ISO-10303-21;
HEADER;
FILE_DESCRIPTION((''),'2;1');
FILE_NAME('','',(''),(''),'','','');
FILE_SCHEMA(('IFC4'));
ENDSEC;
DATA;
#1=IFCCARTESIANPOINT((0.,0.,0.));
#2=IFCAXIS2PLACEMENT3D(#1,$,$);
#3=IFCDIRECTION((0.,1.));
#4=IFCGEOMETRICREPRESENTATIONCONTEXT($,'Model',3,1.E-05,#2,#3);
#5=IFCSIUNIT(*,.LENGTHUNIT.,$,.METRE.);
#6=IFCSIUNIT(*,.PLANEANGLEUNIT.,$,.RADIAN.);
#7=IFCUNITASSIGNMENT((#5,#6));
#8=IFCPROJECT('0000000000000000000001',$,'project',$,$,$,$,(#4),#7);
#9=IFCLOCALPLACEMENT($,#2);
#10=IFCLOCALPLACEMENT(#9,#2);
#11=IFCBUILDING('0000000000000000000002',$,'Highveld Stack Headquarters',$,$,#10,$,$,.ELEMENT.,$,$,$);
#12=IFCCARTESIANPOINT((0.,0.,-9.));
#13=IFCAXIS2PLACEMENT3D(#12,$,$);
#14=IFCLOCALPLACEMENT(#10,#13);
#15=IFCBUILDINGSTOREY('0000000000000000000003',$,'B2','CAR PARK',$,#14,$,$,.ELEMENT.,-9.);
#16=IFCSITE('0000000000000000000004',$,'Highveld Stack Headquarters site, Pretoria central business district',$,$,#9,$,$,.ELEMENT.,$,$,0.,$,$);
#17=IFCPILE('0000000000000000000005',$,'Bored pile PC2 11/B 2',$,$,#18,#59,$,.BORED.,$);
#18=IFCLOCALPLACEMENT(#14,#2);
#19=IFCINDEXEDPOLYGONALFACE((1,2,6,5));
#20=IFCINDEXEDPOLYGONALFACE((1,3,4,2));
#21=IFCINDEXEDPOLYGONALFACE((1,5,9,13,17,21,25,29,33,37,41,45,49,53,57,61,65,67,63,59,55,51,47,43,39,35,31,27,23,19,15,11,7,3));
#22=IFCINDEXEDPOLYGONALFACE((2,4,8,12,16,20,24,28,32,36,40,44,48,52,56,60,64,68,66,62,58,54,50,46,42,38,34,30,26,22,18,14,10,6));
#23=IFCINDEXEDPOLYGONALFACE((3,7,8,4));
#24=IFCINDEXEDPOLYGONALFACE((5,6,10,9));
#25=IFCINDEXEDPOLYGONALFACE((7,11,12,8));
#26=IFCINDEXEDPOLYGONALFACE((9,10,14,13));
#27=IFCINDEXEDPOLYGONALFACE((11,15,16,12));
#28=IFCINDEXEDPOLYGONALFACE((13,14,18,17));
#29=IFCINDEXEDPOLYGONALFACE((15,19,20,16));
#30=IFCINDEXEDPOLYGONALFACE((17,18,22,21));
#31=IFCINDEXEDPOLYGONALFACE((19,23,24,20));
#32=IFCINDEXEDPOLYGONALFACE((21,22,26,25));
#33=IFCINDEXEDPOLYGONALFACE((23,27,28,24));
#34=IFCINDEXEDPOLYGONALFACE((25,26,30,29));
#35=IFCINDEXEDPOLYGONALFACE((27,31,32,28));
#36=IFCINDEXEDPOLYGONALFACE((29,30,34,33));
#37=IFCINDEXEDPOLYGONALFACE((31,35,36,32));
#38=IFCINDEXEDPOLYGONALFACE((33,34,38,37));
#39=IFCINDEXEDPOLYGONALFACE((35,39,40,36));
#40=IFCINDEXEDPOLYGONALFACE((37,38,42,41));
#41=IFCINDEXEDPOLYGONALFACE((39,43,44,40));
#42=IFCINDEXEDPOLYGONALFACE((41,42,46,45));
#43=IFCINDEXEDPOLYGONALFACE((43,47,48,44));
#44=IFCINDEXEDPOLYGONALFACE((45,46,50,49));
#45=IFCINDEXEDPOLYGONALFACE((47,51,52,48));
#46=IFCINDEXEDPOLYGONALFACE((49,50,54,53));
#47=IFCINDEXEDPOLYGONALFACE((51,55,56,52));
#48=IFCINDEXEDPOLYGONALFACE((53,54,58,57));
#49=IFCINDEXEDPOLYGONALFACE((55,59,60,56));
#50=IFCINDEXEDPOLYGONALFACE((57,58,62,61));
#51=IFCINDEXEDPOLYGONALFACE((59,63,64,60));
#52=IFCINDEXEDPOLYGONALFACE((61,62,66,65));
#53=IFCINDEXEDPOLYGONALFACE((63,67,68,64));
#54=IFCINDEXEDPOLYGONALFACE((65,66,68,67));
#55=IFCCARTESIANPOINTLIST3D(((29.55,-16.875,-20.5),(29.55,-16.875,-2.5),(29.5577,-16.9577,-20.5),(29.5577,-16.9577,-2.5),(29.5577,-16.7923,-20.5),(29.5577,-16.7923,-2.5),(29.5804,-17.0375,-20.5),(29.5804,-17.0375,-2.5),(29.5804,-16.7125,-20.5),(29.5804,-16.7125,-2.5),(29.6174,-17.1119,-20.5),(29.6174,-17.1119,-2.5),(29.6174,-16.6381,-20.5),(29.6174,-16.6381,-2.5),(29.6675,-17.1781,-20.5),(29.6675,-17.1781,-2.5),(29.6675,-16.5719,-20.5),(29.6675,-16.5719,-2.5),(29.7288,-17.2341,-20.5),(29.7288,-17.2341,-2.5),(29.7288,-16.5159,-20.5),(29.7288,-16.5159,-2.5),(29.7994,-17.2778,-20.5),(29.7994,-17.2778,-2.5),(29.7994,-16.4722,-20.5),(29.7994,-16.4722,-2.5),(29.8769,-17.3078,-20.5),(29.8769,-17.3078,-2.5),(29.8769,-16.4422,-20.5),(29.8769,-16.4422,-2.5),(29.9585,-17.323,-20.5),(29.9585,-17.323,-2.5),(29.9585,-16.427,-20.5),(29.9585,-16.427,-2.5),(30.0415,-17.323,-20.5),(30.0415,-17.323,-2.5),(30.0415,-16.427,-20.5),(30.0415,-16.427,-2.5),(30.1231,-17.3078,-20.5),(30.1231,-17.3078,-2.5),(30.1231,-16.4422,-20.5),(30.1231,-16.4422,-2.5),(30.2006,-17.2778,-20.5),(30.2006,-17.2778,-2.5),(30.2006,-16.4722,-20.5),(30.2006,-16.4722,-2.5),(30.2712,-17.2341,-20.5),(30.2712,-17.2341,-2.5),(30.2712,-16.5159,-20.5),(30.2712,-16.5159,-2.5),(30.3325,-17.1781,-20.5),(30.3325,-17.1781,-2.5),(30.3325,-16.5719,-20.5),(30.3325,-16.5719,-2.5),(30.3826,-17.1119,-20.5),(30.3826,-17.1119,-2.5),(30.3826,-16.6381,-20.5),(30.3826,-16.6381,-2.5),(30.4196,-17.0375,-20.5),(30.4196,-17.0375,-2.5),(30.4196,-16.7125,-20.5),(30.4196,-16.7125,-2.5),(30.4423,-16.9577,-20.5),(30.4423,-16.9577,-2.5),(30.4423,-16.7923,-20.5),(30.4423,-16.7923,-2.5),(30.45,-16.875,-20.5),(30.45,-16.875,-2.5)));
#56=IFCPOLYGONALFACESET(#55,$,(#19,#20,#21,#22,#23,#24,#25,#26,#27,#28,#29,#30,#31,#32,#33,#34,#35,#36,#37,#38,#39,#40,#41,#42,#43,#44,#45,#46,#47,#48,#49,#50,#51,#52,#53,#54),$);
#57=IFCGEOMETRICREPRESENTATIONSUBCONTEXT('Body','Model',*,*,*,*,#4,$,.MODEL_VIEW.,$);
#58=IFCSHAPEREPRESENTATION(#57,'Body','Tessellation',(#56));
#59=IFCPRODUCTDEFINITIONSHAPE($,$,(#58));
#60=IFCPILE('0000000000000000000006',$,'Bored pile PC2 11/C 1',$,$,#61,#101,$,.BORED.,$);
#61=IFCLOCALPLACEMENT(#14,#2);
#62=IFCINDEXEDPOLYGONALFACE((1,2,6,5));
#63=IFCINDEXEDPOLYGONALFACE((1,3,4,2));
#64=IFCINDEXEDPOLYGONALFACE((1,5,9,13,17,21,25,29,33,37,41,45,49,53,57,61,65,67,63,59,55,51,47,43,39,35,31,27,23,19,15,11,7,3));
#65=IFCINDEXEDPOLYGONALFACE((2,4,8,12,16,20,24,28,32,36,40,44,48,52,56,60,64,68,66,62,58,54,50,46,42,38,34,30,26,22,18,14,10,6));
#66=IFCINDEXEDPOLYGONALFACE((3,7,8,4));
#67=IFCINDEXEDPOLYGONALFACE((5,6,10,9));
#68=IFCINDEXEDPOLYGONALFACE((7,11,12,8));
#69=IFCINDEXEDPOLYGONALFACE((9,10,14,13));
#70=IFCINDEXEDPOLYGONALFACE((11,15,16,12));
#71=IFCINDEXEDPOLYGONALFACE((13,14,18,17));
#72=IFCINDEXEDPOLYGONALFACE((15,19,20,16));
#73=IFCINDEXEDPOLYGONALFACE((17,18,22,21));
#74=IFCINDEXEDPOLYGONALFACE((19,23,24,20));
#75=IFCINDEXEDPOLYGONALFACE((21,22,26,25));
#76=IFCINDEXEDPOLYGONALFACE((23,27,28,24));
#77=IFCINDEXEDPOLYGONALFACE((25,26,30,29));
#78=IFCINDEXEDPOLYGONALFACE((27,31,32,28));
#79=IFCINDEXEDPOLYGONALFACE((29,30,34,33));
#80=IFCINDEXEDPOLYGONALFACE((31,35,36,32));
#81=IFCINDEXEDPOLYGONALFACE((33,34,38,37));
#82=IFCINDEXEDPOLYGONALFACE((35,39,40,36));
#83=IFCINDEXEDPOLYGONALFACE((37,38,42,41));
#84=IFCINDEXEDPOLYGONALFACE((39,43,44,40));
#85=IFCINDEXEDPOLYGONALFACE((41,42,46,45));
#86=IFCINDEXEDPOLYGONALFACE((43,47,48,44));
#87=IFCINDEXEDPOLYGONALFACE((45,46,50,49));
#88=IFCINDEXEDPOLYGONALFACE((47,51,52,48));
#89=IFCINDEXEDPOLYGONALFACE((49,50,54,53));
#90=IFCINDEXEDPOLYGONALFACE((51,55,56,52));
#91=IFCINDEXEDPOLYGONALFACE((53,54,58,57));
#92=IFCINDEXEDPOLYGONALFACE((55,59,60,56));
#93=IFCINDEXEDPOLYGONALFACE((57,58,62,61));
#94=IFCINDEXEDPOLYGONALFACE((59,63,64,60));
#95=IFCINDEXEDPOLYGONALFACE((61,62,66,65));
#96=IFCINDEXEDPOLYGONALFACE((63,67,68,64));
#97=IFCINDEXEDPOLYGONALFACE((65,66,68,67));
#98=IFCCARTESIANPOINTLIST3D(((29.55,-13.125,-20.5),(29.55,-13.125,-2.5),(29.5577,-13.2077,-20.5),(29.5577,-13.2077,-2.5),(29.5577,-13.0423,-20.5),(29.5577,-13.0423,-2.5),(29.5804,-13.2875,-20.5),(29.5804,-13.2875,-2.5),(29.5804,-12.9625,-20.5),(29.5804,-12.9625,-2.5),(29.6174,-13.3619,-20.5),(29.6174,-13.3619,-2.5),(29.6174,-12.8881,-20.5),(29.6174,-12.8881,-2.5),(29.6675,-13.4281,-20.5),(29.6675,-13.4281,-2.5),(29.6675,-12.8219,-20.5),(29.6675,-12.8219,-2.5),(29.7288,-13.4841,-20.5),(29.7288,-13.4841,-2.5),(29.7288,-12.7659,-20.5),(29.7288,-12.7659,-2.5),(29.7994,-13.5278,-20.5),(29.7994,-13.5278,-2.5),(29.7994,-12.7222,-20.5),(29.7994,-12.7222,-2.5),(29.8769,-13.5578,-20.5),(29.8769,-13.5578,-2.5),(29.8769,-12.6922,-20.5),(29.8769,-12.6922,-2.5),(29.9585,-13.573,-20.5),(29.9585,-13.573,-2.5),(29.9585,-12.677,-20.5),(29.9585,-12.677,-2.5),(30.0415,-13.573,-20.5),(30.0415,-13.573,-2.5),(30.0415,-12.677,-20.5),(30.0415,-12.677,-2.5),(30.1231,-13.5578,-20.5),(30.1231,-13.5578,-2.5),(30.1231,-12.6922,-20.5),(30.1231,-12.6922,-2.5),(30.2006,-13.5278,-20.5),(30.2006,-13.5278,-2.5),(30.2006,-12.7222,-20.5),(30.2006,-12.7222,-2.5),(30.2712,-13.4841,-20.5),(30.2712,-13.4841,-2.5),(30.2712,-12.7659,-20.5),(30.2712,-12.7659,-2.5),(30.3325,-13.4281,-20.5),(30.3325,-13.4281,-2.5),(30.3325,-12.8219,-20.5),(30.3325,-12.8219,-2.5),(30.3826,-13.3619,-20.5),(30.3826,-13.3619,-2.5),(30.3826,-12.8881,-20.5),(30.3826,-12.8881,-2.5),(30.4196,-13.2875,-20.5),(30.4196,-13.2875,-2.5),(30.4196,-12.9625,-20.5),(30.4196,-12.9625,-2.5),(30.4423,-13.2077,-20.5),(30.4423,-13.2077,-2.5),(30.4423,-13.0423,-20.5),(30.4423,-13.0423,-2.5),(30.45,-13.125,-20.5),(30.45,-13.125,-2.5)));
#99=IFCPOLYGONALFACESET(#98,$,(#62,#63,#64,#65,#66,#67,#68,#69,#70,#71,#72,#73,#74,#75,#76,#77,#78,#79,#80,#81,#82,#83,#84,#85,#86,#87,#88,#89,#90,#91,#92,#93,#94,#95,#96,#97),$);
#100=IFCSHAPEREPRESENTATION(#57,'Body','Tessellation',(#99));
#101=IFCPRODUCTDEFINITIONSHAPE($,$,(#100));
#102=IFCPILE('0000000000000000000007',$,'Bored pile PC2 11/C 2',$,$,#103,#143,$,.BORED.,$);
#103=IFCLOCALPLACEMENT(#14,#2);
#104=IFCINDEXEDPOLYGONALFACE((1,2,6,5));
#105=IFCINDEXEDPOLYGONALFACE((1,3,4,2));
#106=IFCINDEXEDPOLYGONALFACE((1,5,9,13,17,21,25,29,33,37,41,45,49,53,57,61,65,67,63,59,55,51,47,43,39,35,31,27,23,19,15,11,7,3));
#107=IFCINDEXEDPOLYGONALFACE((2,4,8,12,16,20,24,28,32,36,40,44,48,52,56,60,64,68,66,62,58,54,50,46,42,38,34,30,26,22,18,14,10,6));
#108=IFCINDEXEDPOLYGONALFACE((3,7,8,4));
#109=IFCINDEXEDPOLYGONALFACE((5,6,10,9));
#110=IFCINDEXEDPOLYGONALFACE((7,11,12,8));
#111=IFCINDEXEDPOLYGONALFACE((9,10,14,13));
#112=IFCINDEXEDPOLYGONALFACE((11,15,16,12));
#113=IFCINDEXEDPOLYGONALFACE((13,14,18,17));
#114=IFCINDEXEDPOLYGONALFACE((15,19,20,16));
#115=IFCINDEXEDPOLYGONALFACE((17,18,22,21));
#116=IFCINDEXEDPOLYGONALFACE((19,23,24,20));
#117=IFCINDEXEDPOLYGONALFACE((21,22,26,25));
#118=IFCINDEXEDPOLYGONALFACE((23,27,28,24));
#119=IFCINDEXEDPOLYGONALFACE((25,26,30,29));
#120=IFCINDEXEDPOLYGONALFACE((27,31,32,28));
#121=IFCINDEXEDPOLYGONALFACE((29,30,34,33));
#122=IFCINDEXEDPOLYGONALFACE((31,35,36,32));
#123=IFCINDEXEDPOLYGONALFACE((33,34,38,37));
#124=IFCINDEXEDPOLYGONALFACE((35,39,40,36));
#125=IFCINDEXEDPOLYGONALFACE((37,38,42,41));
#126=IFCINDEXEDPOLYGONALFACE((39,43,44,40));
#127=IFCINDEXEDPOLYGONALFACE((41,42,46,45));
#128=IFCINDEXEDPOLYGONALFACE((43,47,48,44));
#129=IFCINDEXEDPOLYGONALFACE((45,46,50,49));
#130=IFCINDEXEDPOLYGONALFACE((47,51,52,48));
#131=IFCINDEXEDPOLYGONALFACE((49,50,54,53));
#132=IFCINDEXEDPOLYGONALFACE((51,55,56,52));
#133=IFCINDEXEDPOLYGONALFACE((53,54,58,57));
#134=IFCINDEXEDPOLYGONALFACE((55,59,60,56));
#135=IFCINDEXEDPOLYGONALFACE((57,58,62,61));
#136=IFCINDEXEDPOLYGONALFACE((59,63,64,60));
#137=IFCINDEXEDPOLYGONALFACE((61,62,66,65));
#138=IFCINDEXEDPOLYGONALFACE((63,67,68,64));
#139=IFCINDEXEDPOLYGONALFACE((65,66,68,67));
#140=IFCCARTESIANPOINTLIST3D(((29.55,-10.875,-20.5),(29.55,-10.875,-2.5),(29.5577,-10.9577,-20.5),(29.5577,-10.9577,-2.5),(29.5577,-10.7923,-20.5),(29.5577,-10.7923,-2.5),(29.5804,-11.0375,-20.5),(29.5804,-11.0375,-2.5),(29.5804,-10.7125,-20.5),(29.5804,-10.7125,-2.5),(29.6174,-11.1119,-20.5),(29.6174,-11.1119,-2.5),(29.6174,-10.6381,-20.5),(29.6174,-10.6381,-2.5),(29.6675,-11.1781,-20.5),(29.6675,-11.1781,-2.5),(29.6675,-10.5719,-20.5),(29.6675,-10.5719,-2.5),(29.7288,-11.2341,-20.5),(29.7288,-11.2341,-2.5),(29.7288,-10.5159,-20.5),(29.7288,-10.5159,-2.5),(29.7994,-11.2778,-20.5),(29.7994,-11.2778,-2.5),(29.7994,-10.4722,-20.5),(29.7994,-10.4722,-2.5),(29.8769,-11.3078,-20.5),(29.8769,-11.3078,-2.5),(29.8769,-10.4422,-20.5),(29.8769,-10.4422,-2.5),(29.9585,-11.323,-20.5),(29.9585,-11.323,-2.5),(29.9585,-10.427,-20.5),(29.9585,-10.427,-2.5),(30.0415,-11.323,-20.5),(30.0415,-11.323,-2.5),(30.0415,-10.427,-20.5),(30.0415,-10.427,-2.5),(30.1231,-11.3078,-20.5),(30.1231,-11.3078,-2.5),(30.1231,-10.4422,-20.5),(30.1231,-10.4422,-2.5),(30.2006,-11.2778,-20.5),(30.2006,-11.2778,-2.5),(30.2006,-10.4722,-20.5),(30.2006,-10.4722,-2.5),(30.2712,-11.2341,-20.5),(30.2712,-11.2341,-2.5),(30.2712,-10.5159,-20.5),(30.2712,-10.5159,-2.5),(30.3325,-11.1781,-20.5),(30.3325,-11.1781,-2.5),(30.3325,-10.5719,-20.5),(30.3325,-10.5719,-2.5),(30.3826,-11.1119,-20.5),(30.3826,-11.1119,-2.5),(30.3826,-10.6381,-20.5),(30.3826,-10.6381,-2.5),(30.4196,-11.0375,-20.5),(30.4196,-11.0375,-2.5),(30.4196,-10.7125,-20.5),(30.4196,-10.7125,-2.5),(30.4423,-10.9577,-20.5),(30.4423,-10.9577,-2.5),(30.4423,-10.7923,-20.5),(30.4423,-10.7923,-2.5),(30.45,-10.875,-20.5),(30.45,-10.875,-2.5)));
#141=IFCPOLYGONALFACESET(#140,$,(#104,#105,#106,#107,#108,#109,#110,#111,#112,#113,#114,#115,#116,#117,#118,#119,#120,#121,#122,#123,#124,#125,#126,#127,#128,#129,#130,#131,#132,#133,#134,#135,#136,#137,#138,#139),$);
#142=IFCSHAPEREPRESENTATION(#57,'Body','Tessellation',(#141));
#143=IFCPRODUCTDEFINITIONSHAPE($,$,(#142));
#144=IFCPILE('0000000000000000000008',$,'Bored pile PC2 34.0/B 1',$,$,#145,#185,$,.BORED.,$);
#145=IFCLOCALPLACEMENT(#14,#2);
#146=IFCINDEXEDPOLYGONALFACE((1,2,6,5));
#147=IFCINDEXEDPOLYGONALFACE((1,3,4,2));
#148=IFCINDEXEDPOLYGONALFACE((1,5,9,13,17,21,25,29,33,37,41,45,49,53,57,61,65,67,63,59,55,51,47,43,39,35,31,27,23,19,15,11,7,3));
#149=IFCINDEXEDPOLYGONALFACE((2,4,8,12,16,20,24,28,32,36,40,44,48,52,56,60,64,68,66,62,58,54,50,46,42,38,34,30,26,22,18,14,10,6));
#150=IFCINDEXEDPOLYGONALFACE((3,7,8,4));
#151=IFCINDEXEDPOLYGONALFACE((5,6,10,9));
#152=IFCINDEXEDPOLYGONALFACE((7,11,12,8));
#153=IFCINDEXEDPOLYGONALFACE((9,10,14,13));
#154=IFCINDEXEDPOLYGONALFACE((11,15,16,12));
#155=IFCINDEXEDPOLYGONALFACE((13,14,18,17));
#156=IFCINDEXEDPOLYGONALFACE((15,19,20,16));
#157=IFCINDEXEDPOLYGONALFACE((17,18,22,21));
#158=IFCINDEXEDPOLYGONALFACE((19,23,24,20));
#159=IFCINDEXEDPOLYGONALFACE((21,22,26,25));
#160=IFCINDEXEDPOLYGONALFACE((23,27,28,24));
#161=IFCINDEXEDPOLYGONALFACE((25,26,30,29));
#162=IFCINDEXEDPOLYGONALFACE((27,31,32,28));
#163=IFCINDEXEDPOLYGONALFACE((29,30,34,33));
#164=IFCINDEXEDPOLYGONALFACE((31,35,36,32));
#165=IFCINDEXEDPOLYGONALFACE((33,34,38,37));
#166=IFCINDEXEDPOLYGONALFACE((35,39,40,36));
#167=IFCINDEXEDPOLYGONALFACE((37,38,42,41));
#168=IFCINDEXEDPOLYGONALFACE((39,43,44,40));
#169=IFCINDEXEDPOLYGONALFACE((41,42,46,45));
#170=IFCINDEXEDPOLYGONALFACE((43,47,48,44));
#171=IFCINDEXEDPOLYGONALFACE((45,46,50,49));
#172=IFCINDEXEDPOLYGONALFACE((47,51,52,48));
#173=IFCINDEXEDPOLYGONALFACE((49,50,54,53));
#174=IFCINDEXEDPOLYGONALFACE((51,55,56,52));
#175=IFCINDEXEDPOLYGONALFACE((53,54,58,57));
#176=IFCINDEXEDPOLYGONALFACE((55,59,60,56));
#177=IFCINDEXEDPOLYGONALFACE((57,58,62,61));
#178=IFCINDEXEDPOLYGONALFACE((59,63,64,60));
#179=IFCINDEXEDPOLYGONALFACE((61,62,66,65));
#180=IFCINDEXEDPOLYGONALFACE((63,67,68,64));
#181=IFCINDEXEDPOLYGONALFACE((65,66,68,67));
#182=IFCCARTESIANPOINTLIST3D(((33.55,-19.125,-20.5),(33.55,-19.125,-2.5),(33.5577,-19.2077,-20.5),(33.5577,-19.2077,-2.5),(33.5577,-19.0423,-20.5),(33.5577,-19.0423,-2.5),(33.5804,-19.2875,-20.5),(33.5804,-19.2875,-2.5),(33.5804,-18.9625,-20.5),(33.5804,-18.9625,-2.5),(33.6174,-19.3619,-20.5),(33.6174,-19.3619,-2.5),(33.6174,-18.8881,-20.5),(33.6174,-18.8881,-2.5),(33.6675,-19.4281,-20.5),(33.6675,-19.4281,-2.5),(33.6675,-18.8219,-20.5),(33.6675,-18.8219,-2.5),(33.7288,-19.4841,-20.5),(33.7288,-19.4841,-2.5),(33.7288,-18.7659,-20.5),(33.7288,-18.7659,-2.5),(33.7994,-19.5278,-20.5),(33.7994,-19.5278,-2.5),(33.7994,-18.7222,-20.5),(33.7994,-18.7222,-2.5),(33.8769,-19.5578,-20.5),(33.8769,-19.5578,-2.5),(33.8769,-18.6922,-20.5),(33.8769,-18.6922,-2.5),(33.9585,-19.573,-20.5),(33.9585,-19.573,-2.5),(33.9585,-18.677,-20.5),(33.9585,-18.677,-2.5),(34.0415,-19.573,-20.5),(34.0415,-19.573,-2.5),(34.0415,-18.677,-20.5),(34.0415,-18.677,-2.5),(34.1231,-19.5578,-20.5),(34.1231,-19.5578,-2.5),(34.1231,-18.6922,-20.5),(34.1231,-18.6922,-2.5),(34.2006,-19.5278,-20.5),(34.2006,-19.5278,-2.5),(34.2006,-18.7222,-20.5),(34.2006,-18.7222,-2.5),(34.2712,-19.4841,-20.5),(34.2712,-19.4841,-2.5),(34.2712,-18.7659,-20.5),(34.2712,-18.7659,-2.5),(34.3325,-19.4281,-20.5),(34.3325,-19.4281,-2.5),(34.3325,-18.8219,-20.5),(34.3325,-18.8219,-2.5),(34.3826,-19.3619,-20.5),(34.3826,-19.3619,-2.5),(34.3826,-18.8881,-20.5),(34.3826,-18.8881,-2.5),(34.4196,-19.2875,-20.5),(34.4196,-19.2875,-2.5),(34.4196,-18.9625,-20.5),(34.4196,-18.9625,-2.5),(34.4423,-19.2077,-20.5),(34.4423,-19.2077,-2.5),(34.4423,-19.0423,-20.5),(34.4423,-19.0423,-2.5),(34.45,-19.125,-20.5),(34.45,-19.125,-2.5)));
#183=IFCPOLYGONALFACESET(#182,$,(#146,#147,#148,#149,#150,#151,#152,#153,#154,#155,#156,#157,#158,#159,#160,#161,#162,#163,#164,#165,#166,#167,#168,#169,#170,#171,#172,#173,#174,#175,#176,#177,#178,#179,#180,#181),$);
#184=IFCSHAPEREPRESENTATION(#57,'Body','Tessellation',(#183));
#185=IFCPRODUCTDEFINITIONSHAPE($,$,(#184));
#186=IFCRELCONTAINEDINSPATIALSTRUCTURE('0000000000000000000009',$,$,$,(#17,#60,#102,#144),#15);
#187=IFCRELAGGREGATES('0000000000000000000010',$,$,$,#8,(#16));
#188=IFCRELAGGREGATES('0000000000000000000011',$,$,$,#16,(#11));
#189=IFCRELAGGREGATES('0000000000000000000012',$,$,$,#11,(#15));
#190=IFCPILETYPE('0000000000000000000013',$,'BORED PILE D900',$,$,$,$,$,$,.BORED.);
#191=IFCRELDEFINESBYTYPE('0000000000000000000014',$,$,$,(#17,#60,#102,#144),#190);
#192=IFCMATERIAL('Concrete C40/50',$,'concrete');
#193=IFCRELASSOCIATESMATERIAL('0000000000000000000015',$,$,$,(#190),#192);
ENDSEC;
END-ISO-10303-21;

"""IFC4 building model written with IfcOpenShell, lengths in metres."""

from ifc_helpers import new_model, si_unit, direction, frame, origin, origin_2d, place, context, subcontext, project, spatial, circle, extrude, material, type_object, element, save


model = new_model("IFC4")

# Units and contexts
model_context = context("Model", 3, precision=1e-05, world=origin(), true_north=direction((0.0, 1.0)))
body_context = subcontext(model_context, "Body", "Model", "MODEL_VIEW")
ifc_project = project(units=[si_unit("LENGTHUNIT", "METRE"), si_unit("PLANEANGLEUNIT", "RADIAN")], contexts=[model_context])

# Site, building, storey
site_placement = place(None, origin())
site = spatial("IfcSite", under=ifc_project, at=site_placement, Name="Highveld Stack Headquarters site, Pretoria central business district", CompositionType="ELEMENT", RefElevation=0.0)
building_placement = place(site_placement, origin())
building = spatial("IfcBuilding", under=site, at=building_placement, Name="Highveld Stack Headquarters", CompositionType="ELEMENT")
storey_placement = place(building_placement, frame((0.0, 0.0, -9.0)))
storey = spatial("IfcBuildingStorey", under=building, at=storey_placement, Name="B2", Description="CAR PARK", CompositionType="ELEMENT", Elevation=-9.0)

# Piles
ifc_material_1 = material(Name="Concrete C40/50", Category="concrete")
pile_type_1 = type_object("IfcPileType", Name="BORED PILE D900", PredefinedType="BORED", material=ifc_material_1)
for number, where, z_axis, x_axis, name in (
    (1, (30.0, -16.875, -2.5), (0.0, 0.0, -1.0), (1.0, 0.0, 0.0), "Bored pile PC2 11/B 2"),
    (2, (30.0, -13.125, -2.5), (0.0, 0.0, -1.0), (1.0, 0.0, 0.0), "Bored pile PC2 11/C 1"),
    (3, (30.0, -10.875, -2.5), (0.0, 0.0, -1.0), (1.0, 0.0, 0.0), "Bored pile PC2 11/C 2"),
    (4, (34.0, -19.125, -2.5), (0.0, 0.0, -1.0), (1.0, 0.0, 0.0), "Bored pile PC2 34.0/B 1"),
):
    element("IfcPile", number, at=place(storey_placement, frame(where, z_axis=z_axis, x_axis=x_axis)), inside=storey, type_object=pile_type_1, Name=name, PredefinedType="BORED", context=body_context, shape_type="SweptSolid", body=[
        extrude(circle(Radius=0.45, at=origin_2d()), origin(), (0.0, 0.0, 1.0), 18.0),
    ])

save(model, "model.ifc")
